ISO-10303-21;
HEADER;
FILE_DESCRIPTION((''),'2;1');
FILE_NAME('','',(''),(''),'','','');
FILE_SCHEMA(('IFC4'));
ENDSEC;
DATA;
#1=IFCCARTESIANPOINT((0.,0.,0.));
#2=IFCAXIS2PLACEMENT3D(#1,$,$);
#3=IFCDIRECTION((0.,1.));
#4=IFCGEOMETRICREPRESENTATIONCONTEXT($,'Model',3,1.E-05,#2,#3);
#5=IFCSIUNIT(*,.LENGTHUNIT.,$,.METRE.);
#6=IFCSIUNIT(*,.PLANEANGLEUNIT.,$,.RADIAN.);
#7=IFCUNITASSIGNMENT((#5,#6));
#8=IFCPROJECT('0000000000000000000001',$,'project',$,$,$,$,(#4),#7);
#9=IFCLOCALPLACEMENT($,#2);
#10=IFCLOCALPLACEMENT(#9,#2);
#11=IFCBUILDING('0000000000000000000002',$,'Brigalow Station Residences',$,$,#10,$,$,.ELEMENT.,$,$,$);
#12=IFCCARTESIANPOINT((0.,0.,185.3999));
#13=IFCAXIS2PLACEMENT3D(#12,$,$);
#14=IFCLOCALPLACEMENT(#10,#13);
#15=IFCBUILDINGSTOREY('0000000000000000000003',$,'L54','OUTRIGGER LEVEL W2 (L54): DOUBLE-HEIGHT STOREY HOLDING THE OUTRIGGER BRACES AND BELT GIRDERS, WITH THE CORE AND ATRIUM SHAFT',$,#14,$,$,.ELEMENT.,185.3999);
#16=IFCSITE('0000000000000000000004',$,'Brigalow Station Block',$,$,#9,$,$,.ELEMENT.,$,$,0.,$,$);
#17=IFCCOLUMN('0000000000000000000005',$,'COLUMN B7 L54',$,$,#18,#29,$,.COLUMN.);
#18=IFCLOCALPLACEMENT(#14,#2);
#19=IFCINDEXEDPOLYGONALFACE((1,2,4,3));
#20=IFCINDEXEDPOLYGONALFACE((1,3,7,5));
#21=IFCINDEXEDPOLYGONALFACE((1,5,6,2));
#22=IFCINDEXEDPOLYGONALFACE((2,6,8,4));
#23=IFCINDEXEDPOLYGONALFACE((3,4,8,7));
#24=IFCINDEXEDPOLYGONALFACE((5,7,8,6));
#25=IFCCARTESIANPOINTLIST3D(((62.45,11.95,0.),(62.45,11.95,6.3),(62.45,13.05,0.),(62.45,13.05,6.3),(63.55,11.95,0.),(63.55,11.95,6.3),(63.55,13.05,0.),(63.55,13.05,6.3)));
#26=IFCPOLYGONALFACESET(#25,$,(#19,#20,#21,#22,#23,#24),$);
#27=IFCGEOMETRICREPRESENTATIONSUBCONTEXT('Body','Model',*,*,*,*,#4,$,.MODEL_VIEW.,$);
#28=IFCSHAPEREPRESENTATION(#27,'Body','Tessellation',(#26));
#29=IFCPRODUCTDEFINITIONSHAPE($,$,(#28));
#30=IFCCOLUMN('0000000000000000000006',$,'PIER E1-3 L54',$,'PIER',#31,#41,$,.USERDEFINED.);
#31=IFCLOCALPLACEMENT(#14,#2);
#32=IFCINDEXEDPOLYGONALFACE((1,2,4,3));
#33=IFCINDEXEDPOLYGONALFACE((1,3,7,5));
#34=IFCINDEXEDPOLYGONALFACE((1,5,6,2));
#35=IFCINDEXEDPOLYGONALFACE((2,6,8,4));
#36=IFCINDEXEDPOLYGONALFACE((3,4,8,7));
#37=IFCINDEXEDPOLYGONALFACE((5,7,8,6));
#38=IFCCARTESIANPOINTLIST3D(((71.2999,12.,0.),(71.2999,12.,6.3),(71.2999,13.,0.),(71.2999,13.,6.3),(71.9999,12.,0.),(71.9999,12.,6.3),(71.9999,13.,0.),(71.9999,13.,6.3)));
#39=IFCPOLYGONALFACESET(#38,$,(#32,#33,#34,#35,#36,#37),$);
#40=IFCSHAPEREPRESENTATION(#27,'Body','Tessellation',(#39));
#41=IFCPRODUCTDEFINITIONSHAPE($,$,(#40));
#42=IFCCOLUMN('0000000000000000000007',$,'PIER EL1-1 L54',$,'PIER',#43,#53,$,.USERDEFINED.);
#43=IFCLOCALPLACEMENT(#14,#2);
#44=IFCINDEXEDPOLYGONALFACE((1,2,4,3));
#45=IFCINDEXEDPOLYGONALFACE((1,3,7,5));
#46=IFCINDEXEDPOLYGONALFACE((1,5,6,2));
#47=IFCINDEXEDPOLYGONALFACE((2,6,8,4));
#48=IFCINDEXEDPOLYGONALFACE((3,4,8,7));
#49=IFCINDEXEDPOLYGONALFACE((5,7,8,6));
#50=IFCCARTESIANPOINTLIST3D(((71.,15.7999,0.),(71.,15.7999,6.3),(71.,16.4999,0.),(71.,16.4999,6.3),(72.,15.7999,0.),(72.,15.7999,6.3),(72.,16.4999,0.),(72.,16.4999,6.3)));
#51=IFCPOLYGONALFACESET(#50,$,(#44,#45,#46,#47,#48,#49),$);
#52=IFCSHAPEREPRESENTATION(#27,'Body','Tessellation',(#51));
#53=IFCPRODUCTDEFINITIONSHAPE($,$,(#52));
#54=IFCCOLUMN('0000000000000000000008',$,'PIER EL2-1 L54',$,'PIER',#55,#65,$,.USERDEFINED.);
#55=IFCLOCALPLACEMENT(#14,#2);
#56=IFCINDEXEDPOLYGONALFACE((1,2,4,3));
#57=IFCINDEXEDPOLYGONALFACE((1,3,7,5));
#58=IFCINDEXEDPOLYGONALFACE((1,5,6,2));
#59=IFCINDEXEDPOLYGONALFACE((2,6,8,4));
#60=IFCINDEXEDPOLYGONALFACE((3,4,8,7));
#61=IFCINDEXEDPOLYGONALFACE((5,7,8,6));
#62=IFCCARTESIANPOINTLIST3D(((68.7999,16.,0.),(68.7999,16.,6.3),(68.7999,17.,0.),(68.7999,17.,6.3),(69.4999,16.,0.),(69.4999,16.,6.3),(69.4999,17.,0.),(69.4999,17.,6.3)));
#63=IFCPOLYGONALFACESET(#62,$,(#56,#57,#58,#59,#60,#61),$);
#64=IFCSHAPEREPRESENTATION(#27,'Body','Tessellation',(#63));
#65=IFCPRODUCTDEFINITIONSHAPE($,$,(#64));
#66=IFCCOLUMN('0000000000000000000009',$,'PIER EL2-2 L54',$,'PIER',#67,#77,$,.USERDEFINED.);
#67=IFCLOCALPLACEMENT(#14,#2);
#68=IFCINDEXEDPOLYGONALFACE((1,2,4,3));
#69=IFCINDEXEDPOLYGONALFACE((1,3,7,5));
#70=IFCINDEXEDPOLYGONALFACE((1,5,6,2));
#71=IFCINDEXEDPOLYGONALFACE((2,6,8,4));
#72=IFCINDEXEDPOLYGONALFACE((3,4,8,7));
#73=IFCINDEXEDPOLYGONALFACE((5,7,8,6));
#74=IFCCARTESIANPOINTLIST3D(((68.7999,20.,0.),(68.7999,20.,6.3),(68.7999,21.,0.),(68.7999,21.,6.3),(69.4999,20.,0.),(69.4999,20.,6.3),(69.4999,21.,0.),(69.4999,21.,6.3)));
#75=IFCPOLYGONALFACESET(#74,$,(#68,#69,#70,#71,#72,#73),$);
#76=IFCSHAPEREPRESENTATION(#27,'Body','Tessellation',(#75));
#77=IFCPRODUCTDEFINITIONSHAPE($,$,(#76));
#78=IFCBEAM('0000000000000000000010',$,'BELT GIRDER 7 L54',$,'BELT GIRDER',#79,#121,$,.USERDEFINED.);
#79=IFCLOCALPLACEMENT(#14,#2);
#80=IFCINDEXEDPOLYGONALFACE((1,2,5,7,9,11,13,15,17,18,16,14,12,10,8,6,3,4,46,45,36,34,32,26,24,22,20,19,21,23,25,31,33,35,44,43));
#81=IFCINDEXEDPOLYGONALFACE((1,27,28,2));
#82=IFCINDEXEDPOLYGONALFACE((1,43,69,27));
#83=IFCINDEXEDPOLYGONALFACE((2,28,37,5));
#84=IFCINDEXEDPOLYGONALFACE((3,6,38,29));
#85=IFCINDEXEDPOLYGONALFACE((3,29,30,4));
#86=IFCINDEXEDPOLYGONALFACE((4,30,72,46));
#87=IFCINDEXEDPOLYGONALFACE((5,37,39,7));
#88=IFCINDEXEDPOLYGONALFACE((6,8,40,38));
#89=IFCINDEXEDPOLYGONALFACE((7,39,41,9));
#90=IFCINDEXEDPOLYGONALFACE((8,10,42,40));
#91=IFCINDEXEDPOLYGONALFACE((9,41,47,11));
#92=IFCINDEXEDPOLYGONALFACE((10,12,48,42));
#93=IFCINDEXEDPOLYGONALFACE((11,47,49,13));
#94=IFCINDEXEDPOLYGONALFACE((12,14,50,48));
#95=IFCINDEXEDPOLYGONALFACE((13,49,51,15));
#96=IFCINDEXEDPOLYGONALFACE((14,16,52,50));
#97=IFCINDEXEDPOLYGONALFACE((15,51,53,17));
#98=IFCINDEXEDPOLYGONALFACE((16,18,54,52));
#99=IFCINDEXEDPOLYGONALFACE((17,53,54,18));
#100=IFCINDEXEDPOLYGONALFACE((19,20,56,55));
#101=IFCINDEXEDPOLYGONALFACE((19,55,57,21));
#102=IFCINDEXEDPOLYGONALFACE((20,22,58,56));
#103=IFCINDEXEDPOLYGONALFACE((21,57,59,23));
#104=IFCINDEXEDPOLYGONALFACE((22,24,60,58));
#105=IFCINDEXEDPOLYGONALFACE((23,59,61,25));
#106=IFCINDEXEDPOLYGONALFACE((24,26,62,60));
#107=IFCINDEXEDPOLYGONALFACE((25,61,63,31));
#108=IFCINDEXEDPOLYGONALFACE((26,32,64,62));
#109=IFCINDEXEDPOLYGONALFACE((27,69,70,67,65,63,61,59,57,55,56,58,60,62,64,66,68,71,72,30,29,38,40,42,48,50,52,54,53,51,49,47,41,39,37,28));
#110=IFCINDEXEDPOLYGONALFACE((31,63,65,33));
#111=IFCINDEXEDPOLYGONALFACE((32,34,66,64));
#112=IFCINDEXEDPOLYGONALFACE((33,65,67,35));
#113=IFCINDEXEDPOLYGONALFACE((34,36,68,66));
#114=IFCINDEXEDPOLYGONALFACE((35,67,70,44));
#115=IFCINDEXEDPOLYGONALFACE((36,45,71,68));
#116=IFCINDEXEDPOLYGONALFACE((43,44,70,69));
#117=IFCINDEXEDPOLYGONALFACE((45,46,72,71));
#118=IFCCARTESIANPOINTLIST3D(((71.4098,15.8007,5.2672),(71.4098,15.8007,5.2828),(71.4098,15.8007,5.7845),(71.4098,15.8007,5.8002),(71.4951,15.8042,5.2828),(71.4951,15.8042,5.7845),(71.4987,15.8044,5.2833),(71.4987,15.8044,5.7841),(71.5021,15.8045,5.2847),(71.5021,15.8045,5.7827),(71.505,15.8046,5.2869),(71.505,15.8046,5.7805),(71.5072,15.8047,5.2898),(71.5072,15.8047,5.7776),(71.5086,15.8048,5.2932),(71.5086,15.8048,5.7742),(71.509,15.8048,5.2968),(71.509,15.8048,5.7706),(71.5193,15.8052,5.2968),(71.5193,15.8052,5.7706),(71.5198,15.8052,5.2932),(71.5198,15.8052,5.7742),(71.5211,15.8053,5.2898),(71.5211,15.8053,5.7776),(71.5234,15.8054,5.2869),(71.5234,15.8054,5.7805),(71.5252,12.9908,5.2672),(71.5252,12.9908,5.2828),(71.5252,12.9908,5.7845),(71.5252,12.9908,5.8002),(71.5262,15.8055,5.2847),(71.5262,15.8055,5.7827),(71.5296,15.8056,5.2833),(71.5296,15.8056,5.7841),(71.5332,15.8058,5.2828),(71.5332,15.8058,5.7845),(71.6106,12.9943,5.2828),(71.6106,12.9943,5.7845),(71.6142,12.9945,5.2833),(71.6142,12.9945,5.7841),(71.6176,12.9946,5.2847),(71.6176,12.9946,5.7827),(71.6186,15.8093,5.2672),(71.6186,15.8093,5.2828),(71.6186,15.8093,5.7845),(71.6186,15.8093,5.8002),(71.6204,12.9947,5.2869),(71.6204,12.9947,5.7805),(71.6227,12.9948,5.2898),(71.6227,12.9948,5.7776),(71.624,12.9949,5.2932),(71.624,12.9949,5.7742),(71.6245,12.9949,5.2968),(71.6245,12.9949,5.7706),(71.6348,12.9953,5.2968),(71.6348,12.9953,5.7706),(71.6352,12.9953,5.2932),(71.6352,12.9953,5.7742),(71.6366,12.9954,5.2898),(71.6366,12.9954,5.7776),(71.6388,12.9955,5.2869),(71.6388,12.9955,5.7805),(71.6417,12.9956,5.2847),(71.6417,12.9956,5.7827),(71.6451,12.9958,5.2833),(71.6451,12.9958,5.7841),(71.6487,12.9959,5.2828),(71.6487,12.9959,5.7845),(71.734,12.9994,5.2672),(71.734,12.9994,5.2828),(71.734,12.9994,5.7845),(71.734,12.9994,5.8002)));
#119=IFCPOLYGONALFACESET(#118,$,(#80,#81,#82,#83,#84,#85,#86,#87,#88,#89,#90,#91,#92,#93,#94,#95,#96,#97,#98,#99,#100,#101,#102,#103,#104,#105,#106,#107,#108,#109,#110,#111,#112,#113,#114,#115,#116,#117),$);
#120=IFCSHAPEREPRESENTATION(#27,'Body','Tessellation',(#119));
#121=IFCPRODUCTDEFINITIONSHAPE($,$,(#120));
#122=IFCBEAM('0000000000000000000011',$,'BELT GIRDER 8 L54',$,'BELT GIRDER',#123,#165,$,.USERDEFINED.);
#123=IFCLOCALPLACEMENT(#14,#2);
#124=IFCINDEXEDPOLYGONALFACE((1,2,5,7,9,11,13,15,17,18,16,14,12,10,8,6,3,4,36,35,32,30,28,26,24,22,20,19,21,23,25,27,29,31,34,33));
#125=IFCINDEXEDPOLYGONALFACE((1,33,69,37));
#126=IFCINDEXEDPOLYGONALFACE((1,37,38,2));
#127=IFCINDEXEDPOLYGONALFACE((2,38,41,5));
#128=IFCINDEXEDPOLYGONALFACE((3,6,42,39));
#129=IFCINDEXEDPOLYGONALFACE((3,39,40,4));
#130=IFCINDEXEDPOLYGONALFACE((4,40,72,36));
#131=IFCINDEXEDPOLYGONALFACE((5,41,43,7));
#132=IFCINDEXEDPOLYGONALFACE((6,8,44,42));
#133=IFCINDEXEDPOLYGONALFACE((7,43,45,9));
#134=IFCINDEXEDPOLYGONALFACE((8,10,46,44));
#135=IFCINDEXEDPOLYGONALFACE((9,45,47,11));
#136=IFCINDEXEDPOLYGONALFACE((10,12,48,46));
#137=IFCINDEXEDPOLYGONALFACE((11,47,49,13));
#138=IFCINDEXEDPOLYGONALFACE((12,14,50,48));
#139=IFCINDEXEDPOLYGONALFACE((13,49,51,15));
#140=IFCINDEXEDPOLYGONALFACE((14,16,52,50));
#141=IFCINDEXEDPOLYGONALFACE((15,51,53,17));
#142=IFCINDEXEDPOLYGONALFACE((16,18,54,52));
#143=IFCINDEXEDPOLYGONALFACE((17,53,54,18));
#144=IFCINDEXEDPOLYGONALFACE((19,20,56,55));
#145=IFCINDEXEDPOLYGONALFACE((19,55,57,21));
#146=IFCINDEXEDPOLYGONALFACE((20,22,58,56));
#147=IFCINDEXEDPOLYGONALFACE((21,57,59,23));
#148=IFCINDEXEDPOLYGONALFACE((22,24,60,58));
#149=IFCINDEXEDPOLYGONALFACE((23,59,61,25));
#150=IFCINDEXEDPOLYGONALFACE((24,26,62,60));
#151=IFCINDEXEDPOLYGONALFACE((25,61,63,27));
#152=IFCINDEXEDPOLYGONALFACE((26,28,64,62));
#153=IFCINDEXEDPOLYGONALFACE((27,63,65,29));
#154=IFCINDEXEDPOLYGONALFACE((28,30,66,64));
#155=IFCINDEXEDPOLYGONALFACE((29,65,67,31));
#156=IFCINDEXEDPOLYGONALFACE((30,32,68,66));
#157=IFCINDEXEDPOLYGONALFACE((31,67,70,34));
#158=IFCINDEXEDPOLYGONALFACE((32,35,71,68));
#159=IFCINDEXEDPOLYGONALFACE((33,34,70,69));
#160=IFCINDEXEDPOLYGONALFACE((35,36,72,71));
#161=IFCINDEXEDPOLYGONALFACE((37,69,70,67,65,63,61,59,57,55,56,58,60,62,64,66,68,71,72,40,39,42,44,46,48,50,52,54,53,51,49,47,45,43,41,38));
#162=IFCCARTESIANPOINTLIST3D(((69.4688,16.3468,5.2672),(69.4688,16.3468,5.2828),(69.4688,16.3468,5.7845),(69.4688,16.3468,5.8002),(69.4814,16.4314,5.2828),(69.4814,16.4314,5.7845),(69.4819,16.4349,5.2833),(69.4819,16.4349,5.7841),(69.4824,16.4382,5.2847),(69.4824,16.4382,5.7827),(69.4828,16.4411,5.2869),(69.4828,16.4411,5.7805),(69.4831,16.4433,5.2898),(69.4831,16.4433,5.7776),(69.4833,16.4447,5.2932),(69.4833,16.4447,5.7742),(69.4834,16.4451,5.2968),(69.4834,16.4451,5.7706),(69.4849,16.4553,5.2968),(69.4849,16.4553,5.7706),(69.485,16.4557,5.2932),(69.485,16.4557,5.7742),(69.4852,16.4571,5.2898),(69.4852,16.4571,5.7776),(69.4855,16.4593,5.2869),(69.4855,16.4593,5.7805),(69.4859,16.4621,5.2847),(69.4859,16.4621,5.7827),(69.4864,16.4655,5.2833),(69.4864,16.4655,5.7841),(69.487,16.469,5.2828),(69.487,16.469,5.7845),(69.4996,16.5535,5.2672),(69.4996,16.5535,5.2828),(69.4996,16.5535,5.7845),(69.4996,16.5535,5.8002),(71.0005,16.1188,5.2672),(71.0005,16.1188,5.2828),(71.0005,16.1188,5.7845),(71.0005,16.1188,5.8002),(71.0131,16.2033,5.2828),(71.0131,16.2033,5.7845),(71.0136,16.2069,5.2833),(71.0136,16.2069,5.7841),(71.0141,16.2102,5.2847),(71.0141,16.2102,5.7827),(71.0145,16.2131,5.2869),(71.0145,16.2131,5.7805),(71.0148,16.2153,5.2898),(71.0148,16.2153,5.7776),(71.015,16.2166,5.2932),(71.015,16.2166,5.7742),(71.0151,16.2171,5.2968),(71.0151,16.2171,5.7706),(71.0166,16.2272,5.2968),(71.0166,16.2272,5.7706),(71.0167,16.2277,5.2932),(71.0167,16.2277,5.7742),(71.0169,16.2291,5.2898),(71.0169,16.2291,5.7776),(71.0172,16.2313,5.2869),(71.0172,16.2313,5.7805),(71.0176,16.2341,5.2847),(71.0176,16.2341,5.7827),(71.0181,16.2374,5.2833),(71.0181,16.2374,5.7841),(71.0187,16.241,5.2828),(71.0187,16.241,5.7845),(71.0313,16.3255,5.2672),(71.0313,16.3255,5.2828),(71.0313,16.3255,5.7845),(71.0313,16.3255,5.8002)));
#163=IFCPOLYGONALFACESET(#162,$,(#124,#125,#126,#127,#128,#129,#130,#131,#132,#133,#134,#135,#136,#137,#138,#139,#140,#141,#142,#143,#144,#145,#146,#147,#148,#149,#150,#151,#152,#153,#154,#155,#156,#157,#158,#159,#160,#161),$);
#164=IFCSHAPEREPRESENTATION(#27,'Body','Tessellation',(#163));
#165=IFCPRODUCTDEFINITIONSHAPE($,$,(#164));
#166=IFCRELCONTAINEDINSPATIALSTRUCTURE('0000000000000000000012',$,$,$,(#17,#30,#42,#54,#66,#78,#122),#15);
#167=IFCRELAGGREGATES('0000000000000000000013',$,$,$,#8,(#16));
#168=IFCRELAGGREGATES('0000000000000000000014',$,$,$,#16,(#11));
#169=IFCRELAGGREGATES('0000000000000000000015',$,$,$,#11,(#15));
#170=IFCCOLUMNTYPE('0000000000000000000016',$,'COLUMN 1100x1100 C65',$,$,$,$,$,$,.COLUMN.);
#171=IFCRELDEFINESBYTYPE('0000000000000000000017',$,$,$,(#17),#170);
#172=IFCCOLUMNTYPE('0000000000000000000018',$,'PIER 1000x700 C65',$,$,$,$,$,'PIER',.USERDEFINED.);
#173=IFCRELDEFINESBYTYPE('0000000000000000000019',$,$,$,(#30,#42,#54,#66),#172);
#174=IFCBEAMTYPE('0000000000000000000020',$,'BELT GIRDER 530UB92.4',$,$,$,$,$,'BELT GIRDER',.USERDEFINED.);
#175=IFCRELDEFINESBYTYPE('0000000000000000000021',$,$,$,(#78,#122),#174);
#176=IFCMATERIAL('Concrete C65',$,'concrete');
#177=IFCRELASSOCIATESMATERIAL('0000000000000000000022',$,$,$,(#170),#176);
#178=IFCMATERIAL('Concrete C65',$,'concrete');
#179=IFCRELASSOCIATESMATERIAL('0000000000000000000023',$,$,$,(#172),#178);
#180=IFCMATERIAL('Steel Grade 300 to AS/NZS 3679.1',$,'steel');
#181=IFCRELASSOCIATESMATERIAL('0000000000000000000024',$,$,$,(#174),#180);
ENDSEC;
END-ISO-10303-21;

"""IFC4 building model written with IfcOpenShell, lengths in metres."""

from ifc_helpers import new_model, si_unit, direction, frame, origin, origin_2d, place, context, subcontext, project, spatial, rectangle, i_section, extrude, material, material_profile, profile_set, type_object, element, save


model = new_model("IFC4")

# Units and contexts
model_context = context("Model", 3, precision=1e-05, world=origin(), true_north=direction((0.0, 1.0)))
body_context = subcontext(model_context, "Body", "Model", "MODEL_VIEW")
ifc_project = project(units=[si_unit("LENGTHUNIT", "METRE"), si_unit("PLANEANGLEUNIT", "RADIAN")], contexts=[model_context])

# Site, building, storey
site_placement = place(None, origin())
site = spatial("IfcSite", under=ifc_project, at=site_placement, Name="Brigalow Station Block", CompositionType="ELEMENT", RefElevation=0.0)
building_placement = place(site_placement, origin())
building = spatial("IfcBuilding", under=site, at=building_placement, Name="Brigalow Station Residences", CompositionType="ELEMENT")
storey_placement = place(building_placement, frame((0.0, 0.0, 185.3999)))
storey = spatial("IfcBuildingStorey", under=building, at=storey_placement, Name="L54", Description="OUTRIGGER LEVEL W2 (L54): DOUBLE-HEIGHT STOREY HOLDING THE OUTRIGGER BRACES AND BELT GIRDERS, WITH THE CORE AND ATRIUM SHAFT", CompositionType="ELEMENT", Elevation=185.3999)

# Columns
ifc_material_1 = material(Name="Concrete C65", Category="concrete")
ifc_material_profile_1 = material_profile(ifc_material_1, rectangle(XDim=1.1001, YDim=1.1001, at=origin_2d()), Name="RC1100x1100")
ifc_profile_set_1 = profile_set([ifc_material_profile_1], Name="Concrete C65")
column_type_1 = type_object("IfcColumnType", Name="COLUMN 1100x1100 C65", PredefinedType="COLUMN", material=ifc_profile_set_1)
column_placement = place(storey_placement, frame((63.0, 12.5, 0.0), z_axis=(0.0, 0.0, 1.0), x_axis=(1.0, 0.0, 0.0)))
element("IfcColumn", 1, at=column_placement, inside=storey, type_object=column_type_1, Name="COLUMN B7 L54", PredefinedType="COLUMN", context=body_context, shape_type="SweptSolid", body=[
    extrude(rectangle(XDim=1.1001, YDim=1.1001, at=origin_2d()), origin(), (0.0, 0.0, 1.0), 6.3),
])
ifc_material_2 = material(Name="Concrete C65", Category="concrete")
ifc_material_profile_2 = material_profile(ifc_material_2, rectangle(XDim=1.0, YDim=0.7, at=origin_2d()), Name="RC1000x700")
ifc_profile_set_2 = profile_set([ifc_material_profile_2], Name="Concrete C65")
column_type_2 = type_object("IfcColumnType", Name="PIER 1000x700 C65", ElementType="PIER", PredefinedType="USERDEFINED", material=ifc_profile_set_2)
for number, where, z_axis, x_axis, name in (
    (2, (71.6499, 12.5, 0.0), (0.0, 0.0, 1.0), (0.0, 1.0, 0.0), "PIER E1-3 L54"),
    (3, (71.5, 16.1499, 0.0), (0.0, 0.0, 1.0), (-1.0, 0.0, 0.0), "PIER EL1-1 L54"),
    (4, (69.1499, 16.5, 0.0), (0.0, 0.0, 1.0), (0.0, 1.0, 0.0), "PIER EL2-1 L54"),
    (5, (69.1499, 20.5, 0.0), (0.0, 0.0, 1.0), (0.0, 1.0, 0.0), "PIER EL2-2 L54"),
):
    element("IfcColumn", number, at=place(storey_placement, frame(where, z_axis=z_axis, x_axis=x_axis)), inside=storey, type_object=column_type_2, Name=name, ObjectType="PIER", PredefinedType="USERDEFINED", context=body_context, shape_type="SweptSolid", body=[
        extrude(rectangle(XDim=1.0, YDim=0.7, at=origin_2d()), origin(), (0.0, 0.0, 1.0), 6.3),
    ])

# Beams
ifc_material_3 = material(Name="Steel Grade 300 to AS/NZS 3679.1", Category="steel")
ifc_material_profile_3 = material_profile(ifc_material_3, i_section(OverallWidth=0.209, OverallDepth=0.533, WebThickness=0.0103, FlangeThickness=0.0156, FilletRadius=0.0139, at=origin_2d()), Name="530UB92.4")
ifc_profile_set_3 = profile_set([ifc_material_profile_3], Name="Steel Grade 300 to AS/NZS 3679.1")
beam_type = type_object("IfcBeamType", Name="BELT GIRDER 530UB92.4", ElementType="BELT GIRDER", PredefinedType="USERDEFINED", material=ifc_profile_set_3)
beam_1_placement = place(storey_placement, frame((71.6296, 12.9951, 5.5337), z_axis=(-0.041064, 0.999157, 0.0), x_axis=(-0.999157, -0.041064, 0.0)))
element("IfcBeam", 6, at=beam_1_placement, inside=storey, type_object=beam_type, Name="BELT GIRDER 7 L54", ObjectType="BELT GIRDER", PredefinedType="USERDEFINED", context=body_context, shape_type="SweptSolid", body=[
    extrude(i_section(OverallWidth=0.209, OverallDepth=0.533, WebThickness=0.0103, FlangeThickness=0.0156, FilletRadius=0.0139, at=origin_2d()), origin(), (0.0, 0.0, 1.0), 2.8123),
])
beam_2_placement = place(storey_placement, frame((71.0159, 16.2222, 5.5337), z_axis=(-0.9891, 0.147246, 0.0), x_axis=(-0.147246, -0.9891, 0.0)))
element("IfcBeam", 7, at=beam_2_placement, inside=storey, type_object=beam_type, Name="BELT GIRDER 8 L54", ObjectType="BELT GIRDER", PredefinedType="USERDEFINED", context=body_context, shape_type="SweptSolid", body=[
    extrude(i_section(OverallWidth=0.209, OverallDepth=0.533, WebThickness=0.0103, FlangeThickness=0.0156, FilletRadius=0.0139, at=origin_2d()), origin(), (0.0, 0.0, 1.0), 1.5486),
])

save(model, "model.ifc")
